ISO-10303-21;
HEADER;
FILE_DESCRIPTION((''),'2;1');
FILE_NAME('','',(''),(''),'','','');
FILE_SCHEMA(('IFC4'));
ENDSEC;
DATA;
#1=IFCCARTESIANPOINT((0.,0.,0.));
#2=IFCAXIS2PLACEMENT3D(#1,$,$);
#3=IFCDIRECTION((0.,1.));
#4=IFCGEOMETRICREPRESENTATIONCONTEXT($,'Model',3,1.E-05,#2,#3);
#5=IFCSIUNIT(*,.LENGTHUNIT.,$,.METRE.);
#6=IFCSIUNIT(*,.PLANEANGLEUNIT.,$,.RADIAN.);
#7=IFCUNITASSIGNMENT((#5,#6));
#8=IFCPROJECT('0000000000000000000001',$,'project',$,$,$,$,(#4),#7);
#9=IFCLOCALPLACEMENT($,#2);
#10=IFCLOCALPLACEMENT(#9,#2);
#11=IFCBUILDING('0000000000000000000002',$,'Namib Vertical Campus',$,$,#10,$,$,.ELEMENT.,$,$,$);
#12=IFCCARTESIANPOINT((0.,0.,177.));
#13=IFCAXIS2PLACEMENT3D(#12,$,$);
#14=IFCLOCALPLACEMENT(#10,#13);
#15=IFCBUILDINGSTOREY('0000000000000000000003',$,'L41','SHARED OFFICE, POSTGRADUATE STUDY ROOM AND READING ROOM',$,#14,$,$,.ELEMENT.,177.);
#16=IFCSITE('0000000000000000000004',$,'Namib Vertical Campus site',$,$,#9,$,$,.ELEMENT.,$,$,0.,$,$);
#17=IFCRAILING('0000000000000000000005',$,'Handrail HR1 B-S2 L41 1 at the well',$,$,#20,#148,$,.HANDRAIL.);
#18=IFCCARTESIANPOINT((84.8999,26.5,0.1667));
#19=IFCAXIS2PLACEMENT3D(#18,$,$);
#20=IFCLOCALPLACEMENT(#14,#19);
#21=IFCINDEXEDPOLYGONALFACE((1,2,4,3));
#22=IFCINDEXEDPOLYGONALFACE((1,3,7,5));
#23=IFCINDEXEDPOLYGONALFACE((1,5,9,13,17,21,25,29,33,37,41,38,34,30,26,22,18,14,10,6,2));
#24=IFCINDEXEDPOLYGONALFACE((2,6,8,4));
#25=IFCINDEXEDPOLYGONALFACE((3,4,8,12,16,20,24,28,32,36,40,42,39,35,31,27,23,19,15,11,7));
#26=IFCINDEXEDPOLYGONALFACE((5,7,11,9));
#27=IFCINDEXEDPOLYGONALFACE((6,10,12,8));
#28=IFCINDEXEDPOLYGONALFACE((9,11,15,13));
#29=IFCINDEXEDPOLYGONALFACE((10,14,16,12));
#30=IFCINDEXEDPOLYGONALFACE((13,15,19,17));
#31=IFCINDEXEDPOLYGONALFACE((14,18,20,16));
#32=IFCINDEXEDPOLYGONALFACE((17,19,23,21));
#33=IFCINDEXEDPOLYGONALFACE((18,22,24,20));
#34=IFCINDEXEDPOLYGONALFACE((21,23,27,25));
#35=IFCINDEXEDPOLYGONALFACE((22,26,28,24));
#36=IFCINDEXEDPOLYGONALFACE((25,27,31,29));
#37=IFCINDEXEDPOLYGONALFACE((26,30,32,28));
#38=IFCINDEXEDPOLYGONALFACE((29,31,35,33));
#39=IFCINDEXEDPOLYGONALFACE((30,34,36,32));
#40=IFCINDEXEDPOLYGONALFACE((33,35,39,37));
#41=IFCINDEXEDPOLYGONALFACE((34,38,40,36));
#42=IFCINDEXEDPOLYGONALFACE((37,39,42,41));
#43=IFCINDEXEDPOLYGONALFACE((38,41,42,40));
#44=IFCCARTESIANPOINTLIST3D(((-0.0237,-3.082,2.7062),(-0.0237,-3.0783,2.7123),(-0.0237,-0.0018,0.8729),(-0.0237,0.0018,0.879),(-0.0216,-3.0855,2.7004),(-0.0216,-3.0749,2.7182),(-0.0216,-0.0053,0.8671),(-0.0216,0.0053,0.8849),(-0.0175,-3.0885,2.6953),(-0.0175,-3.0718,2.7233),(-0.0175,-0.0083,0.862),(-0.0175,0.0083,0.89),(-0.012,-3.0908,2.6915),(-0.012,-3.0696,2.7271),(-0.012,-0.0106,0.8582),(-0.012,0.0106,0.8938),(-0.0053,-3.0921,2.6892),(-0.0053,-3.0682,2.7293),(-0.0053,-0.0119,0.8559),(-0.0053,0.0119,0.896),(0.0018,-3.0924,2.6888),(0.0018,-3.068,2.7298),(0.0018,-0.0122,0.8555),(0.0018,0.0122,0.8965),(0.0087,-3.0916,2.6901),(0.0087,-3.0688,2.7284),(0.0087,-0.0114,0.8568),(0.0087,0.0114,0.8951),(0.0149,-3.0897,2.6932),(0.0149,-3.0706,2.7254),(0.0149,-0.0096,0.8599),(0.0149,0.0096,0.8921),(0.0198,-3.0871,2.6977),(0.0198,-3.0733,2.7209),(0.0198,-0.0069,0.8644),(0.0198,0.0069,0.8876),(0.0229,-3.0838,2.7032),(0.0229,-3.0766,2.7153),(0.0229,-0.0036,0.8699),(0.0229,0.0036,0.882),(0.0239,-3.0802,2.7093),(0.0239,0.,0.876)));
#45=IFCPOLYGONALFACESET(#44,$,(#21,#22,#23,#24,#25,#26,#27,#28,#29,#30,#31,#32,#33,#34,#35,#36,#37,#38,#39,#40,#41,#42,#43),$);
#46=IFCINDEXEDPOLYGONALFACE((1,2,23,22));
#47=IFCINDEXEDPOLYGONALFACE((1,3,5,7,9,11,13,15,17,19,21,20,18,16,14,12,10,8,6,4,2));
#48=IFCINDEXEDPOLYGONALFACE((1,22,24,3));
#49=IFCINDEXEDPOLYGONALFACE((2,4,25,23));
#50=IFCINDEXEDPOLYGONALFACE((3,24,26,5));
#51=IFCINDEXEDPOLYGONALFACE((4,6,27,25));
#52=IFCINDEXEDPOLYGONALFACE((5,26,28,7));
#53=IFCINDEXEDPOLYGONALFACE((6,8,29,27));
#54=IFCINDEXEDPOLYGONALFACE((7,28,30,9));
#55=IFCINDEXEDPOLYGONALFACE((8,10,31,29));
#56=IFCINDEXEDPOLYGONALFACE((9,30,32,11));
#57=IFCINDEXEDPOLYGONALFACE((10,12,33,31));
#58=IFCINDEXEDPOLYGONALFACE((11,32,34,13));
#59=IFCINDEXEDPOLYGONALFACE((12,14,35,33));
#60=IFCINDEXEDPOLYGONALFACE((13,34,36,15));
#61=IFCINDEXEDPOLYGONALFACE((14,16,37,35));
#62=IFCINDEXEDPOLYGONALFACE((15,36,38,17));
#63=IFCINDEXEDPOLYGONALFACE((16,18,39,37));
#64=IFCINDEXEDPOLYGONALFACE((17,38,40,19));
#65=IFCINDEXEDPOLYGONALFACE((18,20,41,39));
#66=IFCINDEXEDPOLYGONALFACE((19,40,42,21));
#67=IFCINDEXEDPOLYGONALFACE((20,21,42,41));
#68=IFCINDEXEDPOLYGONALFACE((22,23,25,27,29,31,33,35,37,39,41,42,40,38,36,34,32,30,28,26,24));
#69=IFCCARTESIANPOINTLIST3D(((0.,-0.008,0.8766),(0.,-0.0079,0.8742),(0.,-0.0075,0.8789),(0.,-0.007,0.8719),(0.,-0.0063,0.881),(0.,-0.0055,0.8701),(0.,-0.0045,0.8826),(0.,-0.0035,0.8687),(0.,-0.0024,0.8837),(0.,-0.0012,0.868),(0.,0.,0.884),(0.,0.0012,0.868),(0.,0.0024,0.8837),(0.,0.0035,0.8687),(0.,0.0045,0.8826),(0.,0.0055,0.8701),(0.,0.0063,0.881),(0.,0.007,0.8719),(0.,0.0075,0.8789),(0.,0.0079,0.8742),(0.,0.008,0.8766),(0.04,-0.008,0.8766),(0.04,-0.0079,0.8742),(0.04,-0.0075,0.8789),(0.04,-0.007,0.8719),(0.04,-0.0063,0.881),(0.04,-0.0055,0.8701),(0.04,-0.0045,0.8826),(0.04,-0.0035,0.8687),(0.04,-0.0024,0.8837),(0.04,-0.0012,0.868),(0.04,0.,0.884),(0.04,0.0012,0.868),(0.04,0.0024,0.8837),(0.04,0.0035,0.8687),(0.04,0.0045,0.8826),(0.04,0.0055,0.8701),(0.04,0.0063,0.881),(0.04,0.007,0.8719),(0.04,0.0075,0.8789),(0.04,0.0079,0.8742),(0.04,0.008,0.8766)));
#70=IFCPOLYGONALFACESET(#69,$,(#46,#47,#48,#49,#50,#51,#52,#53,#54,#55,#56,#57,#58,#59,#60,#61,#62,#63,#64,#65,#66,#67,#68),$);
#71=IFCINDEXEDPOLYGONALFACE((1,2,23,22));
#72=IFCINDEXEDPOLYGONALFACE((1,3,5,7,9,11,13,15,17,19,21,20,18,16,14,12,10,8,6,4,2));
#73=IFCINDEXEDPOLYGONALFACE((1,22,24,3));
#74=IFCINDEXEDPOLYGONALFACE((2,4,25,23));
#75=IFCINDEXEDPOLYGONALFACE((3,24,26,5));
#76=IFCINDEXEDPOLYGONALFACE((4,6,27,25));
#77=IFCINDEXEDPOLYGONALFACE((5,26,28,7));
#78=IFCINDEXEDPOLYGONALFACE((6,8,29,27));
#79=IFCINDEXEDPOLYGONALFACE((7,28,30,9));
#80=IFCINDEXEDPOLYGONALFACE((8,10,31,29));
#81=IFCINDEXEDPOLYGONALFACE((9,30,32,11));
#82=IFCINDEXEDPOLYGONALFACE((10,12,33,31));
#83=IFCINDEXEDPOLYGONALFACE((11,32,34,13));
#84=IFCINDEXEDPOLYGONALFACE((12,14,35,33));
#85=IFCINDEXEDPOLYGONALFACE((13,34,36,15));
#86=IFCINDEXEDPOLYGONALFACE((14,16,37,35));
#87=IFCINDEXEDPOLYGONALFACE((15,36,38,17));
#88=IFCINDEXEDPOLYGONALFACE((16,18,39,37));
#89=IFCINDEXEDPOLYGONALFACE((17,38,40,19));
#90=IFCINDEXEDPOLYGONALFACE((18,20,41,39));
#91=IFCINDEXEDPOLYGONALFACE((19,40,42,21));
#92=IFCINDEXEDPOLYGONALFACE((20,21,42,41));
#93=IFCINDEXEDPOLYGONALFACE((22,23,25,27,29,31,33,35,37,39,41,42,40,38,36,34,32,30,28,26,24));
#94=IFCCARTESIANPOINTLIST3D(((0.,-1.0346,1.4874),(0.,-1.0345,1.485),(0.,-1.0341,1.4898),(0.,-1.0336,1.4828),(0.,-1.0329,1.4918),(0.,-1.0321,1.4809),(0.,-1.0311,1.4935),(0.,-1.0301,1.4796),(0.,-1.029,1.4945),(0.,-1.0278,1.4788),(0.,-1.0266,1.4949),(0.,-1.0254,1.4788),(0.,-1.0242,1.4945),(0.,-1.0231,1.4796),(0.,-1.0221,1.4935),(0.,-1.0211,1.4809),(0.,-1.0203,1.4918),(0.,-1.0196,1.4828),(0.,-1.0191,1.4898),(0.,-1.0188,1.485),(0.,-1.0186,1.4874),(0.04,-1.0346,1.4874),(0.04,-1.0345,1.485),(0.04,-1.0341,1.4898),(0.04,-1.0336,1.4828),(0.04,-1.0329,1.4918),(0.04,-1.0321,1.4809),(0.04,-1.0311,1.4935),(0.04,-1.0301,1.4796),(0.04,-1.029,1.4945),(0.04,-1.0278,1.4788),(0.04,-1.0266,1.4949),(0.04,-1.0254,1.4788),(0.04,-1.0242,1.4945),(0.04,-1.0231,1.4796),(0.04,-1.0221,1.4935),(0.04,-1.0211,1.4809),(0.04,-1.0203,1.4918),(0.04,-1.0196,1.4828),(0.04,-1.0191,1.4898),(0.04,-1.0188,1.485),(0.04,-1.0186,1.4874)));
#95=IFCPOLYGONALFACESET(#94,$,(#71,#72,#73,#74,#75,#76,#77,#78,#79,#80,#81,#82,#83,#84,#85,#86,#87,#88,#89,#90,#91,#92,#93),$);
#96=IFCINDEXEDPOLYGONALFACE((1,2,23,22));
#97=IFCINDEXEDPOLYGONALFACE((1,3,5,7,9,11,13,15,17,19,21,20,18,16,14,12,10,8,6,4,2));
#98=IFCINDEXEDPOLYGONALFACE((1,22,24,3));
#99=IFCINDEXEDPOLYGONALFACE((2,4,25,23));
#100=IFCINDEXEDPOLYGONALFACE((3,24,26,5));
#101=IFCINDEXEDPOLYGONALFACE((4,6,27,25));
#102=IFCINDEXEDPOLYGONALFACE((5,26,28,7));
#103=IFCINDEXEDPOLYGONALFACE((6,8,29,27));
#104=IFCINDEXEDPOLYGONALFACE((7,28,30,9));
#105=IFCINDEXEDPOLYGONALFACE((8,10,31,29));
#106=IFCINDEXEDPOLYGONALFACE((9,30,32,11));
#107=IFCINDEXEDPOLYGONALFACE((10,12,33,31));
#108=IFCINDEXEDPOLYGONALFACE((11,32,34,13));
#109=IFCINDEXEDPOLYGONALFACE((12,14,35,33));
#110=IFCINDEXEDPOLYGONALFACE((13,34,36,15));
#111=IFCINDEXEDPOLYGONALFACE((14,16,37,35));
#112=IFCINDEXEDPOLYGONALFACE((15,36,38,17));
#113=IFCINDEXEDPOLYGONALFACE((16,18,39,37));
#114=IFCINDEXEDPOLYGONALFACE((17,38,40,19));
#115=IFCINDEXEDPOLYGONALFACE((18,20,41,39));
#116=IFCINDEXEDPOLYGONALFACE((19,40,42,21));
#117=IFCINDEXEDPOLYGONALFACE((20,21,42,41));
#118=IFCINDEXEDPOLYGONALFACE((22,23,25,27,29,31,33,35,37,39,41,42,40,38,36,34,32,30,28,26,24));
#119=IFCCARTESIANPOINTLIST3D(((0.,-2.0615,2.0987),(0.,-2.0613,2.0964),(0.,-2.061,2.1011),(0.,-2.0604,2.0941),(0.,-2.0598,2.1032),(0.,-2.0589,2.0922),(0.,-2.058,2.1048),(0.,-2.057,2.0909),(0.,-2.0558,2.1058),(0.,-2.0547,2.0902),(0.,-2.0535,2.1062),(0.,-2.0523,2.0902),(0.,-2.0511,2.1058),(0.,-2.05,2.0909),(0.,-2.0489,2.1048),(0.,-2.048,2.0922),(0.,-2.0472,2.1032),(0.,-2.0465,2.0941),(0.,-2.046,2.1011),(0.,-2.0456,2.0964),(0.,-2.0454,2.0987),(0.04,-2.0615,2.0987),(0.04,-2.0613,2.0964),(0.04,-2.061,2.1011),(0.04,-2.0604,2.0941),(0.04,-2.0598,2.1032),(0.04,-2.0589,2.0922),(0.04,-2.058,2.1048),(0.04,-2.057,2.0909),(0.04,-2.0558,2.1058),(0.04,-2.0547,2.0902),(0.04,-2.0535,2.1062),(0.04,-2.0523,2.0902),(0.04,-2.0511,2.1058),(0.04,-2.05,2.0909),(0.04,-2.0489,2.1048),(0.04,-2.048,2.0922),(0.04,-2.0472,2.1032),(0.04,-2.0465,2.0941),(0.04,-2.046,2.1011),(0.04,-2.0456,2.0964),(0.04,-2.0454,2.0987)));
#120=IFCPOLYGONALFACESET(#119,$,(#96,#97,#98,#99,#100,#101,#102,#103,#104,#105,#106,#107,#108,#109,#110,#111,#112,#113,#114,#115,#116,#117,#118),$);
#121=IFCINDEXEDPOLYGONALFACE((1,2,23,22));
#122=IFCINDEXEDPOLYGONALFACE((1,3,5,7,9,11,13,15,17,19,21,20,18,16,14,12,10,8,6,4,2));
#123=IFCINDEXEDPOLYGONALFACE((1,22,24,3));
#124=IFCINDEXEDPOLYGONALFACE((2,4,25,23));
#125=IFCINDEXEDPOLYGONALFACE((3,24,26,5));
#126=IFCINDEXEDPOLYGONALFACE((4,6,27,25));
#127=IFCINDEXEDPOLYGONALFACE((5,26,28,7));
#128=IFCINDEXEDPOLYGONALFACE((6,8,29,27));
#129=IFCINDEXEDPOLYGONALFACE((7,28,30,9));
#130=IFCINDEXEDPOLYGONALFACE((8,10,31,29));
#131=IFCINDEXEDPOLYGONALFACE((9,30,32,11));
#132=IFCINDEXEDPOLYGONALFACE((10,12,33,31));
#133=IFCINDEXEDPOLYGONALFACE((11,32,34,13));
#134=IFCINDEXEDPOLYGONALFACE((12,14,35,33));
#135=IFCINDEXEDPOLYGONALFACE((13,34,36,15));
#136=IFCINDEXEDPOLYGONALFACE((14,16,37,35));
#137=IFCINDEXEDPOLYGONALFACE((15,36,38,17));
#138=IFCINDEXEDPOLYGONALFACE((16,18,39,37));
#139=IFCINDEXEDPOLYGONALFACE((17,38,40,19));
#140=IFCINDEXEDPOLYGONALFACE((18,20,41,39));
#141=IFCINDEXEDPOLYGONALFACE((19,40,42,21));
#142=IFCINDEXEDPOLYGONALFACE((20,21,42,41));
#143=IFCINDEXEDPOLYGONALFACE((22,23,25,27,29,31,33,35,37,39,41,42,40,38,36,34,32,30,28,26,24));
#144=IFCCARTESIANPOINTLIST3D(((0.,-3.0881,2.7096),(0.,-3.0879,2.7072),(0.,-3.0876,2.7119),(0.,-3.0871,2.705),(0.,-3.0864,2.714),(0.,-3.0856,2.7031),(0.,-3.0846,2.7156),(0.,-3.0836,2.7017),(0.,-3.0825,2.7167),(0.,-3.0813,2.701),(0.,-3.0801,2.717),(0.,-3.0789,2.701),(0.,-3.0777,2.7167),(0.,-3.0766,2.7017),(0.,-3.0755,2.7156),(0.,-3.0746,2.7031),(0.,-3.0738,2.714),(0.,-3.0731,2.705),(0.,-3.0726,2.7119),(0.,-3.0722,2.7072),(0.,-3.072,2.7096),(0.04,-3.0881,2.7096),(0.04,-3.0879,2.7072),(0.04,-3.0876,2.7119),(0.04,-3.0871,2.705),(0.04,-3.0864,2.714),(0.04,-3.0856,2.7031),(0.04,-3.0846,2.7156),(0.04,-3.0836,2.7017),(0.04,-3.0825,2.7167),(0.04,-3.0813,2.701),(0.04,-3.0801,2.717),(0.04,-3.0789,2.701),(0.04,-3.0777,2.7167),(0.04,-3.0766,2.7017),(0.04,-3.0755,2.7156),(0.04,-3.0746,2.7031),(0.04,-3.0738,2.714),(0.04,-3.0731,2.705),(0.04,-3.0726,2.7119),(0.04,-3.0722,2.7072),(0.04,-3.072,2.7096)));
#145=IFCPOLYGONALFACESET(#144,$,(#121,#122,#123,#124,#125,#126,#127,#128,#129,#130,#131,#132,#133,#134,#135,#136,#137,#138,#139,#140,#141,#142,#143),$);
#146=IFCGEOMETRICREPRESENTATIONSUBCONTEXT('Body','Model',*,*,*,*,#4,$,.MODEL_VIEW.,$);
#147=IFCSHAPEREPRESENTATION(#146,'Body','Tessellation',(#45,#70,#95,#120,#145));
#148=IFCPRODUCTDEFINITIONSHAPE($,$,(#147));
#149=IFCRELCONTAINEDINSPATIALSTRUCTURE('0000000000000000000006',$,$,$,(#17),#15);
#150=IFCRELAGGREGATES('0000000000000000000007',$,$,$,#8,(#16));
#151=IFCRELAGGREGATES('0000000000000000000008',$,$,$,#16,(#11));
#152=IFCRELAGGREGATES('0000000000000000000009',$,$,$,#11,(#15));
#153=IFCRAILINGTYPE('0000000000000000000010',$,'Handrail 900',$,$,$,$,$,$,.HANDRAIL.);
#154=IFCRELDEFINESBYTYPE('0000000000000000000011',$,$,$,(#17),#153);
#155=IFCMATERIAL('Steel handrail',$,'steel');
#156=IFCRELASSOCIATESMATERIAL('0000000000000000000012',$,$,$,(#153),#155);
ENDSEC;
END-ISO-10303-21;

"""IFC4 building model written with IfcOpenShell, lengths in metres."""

from ifc_helpers import new_model, si_unit, direction, frame, origin, origin_2d, place, context, subcontext, project, spatial, circle, extrude, material, type_object, element, save


model = new_model("IFC4")

# Units and contexts
model_context = context("Model", 3, precision=1e-05, world=origin(), true_north=direction((0.0, 1.0)))
body_context = subcontext(model_context, "Body", "Model", "MODEL_VIEW")
ifc_project = project(units=[si_unit("LENGTHUNIT", "METRE"), si_unit("PLANEANGLEUNIT", "RADIAN")], contexts=[model_context])

# Site, building, storey
site_placement = place(None, origin())
site = spatial("IfcSite", under=ifc_project, at=site_placement, Name="Namib Vertical Campus site", CompositionType="ELEMENT", RefElevation=0.0)
building_placement = place(site_placement, origin())
building = spatial("IfcBuilding", under=site, at=building_placement, Name="Namib Vertical Campus", CompositionType="ELEMENT")
storey_placement = place(building_placement, frame((0.0, 0.0, 177.0)))
storey = spatial("IfcBuildingStorey", under=building, at=storey_placement, Name="L41", Description="SHARED OFFICE, POSTGRADUATE STUDY ROOM AND READING ROOM", CompositionType="ELEMENT", Elevation=177.0)

# Railing
ifc_material_1 = material(Name="Steel handrail", Category="steel")
railing_type = type_object("IfcRailingType", Name="Handrail 900", PredefinedType="HANDRAIL", material=ifc_material_1)
railing_1_placement = place(storey_placement, frame((84.8999, 26.5, 0.1667)))
element("IfcRailing", 1, at=railing_1_placement, inside=storey, type_object=railing_type, Name="Handrail HR1 B-S2 L41 1 at the well", PredefinedType="HANDRAIL", context=body_context, shape_type="SweptSolid", body=[
    extrude(circle(Radius=0.0239, at=origin_2d()), frame((0.0, 0.0, 0.876), z_axis=(0.0, -0.859309, 0.511458), x_axis=(1.0, 0.0, 0.0)), (0.0, 0.0, 1.0), 3.5845),
    extrude(circle(Radius=0.0081, at=origin_2d()), frame((0.0, 0.0, 0.876), z_axis=(1.0, 0.0, 0.0), x_axis=(0.0, 0.0, 1.0)), (0.0, 0.0, 1.0), 0.04),
    extrude(circle(Radius=0.0081, at=origin_2d()), frame((0.0, -1.0266, 1.4868), z_axis=(1.0, 0.0, 0.0), x_axis=(0.0, 0.0, 1.0)), (0.0, 0.0, 1.0), 0.04),
    extrude(circle(Radius=0.0081, at=origin_2d()), frame((0.0, -2.0535, 2.0981), z_axis=(1.0, 0.0, 0.0), x_axis=(0.0, 0.0, 1.0)), (0.0, 0.0, 1.0), 0.04),
    extrude(circle(Radius=0.0081, at=origin_2d()), frame((0.0, -3.0801, 2.709), z_axis=(1.0, 0.0, 0.0), x_axis=(0.0, 0.0, 1.0)), (0.0, 0.0, 1.0), 0.04),
])

save(model, "model.ifc")
